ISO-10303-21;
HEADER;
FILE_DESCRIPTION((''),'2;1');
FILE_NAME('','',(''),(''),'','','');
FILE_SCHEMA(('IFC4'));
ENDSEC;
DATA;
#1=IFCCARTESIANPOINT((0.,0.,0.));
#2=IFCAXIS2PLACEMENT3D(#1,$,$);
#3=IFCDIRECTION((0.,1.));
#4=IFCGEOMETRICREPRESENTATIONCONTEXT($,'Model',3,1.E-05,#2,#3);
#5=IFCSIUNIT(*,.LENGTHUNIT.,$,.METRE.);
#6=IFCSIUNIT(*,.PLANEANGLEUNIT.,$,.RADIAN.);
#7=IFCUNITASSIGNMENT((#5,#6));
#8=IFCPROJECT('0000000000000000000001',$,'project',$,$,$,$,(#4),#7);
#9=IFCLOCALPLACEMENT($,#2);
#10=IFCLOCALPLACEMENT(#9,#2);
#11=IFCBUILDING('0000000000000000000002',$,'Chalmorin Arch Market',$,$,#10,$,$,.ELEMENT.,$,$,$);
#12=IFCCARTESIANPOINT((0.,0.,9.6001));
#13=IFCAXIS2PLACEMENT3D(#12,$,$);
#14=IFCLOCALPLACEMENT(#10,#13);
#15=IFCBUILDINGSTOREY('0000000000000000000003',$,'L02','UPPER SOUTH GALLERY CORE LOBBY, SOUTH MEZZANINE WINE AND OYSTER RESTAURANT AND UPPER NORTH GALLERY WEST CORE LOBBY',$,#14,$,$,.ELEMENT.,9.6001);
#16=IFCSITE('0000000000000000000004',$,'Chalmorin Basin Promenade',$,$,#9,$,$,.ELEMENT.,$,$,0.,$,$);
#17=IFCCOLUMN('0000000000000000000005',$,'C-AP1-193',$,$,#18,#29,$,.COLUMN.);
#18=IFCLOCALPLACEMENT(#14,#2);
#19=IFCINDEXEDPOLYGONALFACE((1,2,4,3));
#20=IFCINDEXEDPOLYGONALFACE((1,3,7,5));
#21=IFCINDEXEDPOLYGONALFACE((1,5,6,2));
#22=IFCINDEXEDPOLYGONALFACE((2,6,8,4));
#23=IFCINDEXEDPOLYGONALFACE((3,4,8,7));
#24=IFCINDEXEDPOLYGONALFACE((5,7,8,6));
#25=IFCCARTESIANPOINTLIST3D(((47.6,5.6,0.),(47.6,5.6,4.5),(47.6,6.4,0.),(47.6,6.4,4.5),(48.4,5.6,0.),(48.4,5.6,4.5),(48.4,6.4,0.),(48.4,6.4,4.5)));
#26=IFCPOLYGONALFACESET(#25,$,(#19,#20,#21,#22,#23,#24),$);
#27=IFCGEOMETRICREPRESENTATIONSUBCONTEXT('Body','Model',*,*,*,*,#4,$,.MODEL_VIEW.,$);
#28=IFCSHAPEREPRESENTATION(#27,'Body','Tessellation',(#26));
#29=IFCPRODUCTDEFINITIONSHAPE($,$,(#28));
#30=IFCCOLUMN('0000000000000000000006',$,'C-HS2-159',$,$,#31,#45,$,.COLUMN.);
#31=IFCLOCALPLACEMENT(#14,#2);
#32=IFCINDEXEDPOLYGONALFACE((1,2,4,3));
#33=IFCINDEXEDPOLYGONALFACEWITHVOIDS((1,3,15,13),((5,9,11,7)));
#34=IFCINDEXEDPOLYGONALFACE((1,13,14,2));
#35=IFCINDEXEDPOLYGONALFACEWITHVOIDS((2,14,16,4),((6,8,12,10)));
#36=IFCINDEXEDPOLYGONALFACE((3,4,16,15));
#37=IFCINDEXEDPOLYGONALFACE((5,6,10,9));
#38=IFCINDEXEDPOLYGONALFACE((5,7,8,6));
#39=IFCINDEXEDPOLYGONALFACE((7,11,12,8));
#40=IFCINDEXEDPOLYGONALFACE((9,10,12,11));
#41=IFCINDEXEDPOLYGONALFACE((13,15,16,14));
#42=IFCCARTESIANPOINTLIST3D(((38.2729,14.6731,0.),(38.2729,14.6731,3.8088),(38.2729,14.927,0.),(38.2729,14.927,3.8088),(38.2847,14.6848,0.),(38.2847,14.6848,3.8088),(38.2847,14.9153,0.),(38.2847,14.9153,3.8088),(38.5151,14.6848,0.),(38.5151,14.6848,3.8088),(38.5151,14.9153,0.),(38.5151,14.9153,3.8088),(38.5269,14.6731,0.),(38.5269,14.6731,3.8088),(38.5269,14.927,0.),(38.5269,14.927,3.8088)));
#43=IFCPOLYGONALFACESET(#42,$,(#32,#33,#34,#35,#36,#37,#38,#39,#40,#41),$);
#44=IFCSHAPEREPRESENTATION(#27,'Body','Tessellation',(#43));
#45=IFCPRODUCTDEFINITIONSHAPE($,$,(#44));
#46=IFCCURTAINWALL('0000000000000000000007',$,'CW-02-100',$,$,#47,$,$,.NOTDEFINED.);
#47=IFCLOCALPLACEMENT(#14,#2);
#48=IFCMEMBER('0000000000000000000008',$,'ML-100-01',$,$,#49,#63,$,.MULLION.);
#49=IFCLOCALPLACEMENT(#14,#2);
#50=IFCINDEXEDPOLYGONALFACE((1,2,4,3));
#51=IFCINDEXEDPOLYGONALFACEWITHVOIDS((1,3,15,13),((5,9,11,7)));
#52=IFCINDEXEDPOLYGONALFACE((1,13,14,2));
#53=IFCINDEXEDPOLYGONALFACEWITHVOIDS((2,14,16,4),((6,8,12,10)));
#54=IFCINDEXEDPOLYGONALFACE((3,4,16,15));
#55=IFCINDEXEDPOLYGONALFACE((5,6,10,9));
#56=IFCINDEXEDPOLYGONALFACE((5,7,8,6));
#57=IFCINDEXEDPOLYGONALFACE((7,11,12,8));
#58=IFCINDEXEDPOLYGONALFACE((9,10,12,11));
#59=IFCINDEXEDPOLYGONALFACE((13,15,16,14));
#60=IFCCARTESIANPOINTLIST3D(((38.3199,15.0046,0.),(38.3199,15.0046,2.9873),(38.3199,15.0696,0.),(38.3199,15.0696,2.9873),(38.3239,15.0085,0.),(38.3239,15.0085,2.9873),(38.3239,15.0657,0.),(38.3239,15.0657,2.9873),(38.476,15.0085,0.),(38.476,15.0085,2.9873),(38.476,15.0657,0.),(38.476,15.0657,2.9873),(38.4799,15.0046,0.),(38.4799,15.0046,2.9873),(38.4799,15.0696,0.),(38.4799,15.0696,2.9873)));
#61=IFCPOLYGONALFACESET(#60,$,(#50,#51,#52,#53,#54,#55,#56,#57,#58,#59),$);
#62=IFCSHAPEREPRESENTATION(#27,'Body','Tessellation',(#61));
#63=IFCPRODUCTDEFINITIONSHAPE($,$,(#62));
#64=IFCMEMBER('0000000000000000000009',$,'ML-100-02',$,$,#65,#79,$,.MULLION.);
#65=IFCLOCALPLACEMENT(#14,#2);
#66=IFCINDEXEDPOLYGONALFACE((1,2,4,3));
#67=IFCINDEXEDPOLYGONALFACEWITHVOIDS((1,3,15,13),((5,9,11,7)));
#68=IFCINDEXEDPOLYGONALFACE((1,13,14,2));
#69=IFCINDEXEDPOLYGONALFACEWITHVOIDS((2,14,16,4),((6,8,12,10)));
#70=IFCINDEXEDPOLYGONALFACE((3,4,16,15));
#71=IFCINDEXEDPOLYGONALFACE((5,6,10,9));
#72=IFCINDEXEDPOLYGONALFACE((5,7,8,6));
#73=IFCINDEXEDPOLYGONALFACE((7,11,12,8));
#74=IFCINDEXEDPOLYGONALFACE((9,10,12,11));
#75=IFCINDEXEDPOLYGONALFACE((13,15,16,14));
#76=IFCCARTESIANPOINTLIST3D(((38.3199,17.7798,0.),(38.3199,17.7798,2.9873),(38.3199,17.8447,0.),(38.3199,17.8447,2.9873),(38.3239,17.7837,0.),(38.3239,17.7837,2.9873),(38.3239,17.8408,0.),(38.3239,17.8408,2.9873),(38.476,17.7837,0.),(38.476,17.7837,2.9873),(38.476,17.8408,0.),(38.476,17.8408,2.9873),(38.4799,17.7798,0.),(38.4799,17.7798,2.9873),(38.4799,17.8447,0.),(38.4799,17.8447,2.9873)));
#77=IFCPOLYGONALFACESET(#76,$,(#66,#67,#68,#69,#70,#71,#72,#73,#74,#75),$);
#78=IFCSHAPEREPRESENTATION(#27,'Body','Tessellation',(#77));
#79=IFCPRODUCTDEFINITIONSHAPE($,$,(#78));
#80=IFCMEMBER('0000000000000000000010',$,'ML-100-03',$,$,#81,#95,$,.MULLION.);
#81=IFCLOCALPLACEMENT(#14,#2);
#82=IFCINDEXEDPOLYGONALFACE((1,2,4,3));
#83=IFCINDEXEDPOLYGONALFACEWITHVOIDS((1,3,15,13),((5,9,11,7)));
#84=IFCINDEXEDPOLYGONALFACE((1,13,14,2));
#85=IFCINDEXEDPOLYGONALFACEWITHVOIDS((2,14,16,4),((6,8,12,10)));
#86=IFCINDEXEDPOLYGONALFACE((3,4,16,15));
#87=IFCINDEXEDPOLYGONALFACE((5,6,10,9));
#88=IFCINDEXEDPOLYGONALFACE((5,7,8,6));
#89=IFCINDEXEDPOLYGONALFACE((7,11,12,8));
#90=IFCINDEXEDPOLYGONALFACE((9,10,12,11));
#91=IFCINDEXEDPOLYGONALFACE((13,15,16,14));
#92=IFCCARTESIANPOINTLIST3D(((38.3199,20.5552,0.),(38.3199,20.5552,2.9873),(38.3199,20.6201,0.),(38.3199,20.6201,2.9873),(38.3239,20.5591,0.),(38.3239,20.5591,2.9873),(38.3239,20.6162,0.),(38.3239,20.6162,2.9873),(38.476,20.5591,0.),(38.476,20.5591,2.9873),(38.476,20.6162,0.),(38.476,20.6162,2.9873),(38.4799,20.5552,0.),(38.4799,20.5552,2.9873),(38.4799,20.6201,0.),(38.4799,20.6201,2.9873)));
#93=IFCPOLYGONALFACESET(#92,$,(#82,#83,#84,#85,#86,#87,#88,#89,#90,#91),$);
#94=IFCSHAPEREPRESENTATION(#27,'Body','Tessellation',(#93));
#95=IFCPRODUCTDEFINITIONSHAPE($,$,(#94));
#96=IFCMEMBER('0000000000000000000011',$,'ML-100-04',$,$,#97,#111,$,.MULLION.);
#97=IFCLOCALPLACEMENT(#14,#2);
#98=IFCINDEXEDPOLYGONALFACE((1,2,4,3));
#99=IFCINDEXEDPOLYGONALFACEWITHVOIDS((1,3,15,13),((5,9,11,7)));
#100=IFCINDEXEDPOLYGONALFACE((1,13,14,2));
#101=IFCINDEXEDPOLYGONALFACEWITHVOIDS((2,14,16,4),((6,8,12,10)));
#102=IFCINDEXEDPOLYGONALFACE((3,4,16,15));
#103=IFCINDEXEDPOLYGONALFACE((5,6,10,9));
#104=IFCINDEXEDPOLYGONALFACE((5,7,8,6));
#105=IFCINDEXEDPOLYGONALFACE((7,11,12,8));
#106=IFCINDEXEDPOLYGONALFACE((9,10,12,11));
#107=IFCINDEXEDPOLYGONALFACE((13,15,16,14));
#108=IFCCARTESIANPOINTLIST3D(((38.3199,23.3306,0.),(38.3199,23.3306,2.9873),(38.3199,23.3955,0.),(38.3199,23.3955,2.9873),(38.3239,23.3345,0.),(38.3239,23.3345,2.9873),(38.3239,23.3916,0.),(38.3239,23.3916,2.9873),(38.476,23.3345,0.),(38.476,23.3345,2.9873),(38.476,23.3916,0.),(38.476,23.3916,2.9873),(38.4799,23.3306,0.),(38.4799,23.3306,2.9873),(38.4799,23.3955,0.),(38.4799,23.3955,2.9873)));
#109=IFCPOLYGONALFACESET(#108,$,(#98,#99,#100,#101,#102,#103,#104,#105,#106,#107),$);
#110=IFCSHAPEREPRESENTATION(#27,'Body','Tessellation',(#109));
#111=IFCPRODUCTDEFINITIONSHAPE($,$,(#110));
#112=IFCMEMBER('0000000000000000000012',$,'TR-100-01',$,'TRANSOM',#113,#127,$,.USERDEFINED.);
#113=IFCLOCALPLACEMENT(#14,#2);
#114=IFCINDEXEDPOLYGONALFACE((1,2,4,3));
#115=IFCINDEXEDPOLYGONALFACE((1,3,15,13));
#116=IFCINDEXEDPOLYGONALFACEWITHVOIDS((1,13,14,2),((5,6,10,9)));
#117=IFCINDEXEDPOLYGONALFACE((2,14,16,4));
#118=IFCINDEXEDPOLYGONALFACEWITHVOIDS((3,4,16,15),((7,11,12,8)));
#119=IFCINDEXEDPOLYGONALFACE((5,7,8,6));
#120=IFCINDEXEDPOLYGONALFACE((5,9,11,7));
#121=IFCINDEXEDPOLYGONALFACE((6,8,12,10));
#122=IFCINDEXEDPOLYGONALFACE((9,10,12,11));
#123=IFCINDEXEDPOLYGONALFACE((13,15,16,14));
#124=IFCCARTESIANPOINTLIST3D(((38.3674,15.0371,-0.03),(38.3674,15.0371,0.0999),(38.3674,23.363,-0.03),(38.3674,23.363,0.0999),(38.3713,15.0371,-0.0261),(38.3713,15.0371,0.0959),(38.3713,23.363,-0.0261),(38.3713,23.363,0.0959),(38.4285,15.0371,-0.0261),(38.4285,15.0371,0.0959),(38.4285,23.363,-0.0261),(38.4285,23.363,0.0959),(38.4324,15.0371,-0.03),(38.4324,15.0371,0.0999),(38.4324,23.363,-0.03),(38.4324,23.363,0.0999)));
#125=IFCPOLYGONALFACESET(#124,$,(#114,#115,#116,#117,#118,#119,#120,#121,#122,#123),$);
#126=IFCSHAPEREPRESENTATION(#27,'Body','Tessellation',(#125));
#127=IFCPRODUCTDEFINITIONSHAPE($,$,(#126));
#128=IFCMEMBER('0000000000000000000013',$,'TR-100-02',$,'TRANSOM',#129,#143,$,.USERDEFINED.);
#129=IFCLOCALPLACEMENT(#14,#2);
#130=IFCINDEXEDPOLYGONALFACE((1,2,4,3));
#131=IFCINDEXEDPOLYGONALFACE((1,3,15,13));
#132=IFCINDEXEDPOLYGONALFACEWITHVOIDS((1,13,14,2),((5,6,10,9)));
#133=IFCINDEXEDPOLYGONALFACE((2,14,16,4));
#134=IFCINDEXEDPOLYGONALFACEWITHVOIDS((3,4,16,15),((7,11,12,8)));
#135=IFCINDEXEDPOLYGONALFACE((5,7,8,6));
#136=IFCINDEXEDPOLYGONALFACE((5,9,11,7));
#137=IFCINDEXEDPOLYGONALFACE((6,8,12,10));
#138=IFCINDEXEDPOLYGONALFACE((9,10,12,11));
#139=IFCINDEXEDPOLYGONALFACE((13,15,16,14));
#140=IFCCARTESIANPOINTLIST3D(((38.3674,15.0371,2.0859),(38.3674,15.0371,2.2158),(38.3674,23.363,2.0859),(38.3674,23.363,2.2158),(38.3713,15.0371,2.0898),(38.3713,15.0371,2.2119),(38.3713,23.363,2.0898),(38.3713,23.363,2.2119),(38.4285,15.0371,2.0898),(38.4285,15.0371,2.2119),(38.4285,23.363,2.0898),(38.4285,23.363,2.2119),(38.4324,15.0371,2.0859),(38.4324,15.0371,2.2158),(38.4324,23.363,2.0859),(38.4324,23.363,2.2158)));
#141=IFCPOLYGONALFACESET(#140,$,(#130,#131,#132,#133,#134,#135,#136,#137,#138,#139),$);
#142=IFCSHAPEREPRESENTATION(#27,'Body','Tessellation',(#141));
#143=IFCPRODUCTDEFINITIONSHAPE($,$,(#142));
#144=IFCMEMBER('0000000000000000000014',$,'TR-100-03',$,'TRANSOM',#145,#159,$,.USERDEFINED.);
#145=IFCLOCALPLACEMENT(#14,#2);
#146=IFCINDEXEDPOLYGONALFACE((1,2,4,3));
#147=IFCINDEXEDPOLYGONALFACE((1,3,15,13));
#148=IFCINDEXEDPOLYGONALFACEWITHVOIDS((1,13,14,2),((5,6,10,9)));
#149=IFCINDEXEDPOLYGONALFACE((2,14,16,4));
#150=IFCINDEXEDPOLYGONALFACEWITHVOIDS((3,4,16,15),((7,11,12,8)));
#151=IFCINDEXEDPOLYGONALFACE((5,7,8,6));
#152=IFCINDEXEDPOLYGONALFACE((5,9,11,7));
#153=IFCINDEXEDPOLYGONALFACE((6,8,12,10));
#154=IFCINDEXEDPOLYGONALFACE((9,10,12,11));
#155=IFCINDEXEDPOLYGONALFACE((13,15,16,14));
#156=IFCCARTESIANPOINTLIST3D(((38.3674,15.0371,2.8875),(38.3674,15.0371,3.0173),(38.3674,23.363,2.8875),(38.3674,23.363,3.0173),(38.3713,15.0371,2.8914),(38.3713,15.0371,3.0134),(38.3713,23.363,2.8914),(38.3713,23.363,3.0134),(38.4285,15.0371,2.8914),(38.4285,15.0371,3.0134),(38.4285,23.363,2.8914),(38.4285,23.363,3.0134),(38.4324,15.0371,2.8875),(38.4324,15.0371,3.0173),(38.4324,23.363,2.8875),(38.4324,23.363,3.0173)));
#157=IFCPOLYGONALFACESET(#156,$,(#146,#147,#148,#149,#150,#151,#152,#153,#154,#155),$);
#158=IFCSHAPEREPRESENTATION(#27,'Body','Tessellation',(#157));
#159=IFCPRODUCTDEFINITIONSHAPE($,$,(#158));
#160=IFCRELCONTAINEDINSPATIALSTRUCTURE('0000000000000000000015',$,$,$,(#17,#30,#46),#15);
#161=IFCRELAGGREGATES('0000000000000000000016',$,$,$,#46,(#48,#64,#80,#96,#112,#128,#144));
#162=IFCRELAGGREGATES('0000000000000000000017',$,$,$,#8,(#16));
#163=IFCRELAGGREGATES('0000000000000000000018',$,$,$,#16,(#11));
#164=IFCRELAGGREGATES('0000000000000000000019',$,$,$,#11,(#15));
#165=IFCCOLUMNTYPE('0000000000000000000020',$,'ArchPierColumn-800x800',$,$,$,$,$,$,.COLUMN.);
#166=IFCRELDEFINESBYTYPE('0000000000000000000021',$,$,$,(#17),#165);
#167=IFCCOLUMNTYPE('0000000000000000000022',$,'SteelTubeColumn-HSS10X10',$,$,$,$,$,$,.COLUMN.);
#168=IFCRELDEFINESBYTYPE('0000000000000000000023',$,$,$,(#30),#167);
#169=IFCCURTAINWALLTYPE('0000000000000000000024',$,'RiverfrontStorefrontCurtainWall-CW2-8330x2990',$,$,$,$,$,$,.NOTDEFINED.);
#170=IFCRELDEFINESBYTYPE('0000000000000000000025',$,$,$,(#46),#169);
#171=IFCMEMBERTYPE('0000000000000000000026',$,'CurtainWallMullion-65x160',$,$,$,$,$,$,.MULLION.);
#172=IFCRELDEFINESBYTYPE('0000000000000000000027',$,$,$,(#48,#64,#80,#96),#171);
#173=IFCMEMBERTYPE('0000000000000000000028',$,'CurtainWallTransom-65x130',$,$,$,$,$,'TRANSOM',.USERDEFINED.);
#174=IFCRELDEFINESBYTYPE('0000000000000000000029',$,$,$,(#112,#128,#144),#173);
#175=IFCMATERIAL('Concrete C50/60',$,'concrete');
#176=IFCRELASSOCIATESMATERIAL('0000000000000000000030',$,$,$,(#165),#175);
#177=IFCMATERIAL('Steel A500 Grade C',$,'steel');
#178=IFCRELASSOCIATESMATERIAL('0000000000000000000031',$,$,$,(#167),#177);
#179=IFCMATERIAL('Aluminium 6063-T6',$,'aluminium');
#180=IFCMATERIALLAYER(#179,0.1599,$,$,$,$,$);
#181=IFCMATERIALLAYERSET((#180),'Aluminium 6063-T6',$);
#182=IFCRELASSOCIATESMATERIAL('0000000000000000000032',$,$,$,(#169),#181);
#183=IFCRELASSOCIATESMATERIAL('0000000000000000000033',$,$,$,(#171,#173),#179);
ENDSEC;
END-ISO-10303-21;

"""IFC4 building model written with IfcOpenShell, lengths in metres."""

from ifc_helpers import new_model, si_unit, direction, frame, origin, origin_2d, place, context, subcontext, project, spatial, rectangle, hollow_rectangle, extrude, material, layer, layer_set, material_profile, profile_set, type_object, element, aggregate, save


model = new_model("IFC4")

# Units and contexts
model_context = context("Model", 3, precision=1e-05, world=origin(), true_north=direction((0.0, 1.0)))
body_context = subcontext(model_context, "Body", "Model", "MODEL_VIEW")
ifc_project = project(units=[si_unit("LENGTHUNIT", "METRE"), si_unit("PLANEANGLEUNIT", "RADIAN")], contexts=[model_context])

# Site, building, storey
site_placement = place(None, origin())
site = spatial("IfcSite", under=ifc_project, at=site_placement, Name="Chalmorin Basin Promenade", CompositionType="ELEMENT", RefElevation=0.0)
building_placement = place(site_placement, origin())
building = spatial("IfcBuilding", under=site, at=building_placement, Name="Chalmorin Arch Market", CompositionType="ELEMENT")
storey_placement = place(building_placement, frame((0.0, 0.0, 9.6001)))
storey = spatial("IfcBuildingStorey", under=building, at=storey_placement, Name="L02", Description="UPPER SOUTH GALLERY CORE LOBBY, SOUTH MEZZANINE WINE AND OYSTER RESTAURANT AND UPPER NORTH GALLERY WEST CORE LOBBY", CompositionType="ELEMENT", Elevation=9.6001)

# Columns
ifc_material_1 = material(Name="Concrete C50/60", Category="concrete")
ifc_material_profile_1 = material_profile(ifc_material_1, rectangle(XDim=0.8, YDim=0.8, at=origin_2d()), Name="RC800X800")
ifc_profile_set_1 = profile_set([ifc_material_profile_1], Name="Concrete C50/60")
column_type_1 = type_object("IfcColumnType", Name="ArchPierColumn-800x800", PredefinedType="COLUMN", material=ifc_profile_set_1)
column_1_placement = place(storey_placement, frame((48.0, 6.0, 0.0), z_axis=(0.0, 0.0, 1.0), x_axis=(1.0, 0.0, 0.0)))
element("IfcColumn", 1, at=column_1_placement, inside=storey, type_object=column_type_1, Name="C-AP1-193", PredefinedType="COLUMN", context=body_context, shape_type="SweptSolid", body=[
    extrude(rectangle(XDim=0.8, YDim=0.8, at=origin_2d()), origin(), (0.0, 0.0, 1.0), 4.5),
])
ifc_material_2 = material(Name="Steel A500 Grade C", Category="steel")
ifc_material_profile_2 = material_profile(ifc_material_2, hollow_rectangle(XDim=0.2539, YDim=0.2539, WallThickness=0.0117, at=origin_2d()), Name="HSS10X10X1/2")
ifc_profile_set_2 = profile_set([ifc_material_profile_2], Name="Steel A500 Grade C")
column_type_2 = type_object("IfcColumnType", Name="SteelTubeColumn-HSS10X10", PredefinedType="COLUMN", material=ifc_profile_set_2)
column_2_placement = place(storey_placement, frame((38.3999, 14.8, 0.0), z_axis=(0.0, 0.0, 1.0), x_axis=(1.0, 0.0, 0.0)))
element("IfcColumn", 2, at=column_2_placement, inside=storey, type_object=column_type_2, Name="C-HS2-159", PredefinedType="COLUMN", context=body_context, shape_type="SweptSolid", body=[
    extrude(hollow_rectangle(XDim=0.2539, YDim=0.2539, WallThickness=0.0117, at=origin_2d()), origin(), (0.0, 0.0, 1.0), 3.8088),
])

# Curtain wall, members
ifc_material_3 = material(Name="Aluminium 6063-T6", Category="aluminium")
ifc_layer_1 = layer(ifc_material_3, 0.1599)
ifc_layer_set_1 = layer_set([ifc_layer_1], Name="Aluminium 6063-T6")
curtain_wall_type = type_object("IfcCurtainWallType", Name="RiverfrontStorefrontCurtainWall-CW2-8330x2990", PredefinedType="NOTDEFINED", material=ifc_layer_set_1)
curtain_wall_placement = place(storey_placement, origin())
curtain_wall = element("IfcCurtainWall", 3, at=curtain_wall_placement, inside=storey, type_object=curtain_wall_type, Name="CW-02-100", PredefinedType="NOTDEFINED")
ifc_material_profile_3 = material_profile(ifc_material_3, hollow_rectangle(XDim=0.0649, YDim=0.1599, WallThickness=0.0039, at=origin_2d()), Name="ALU65X160X4")
ifc_profile_set_3 = profile_set([ifc_material_profile_3], Name="Aluminium 6063-T6")
member_type_1 = type_object("IfcMemberType", Name="CurtainWallMullion-65x160", PredefinedType="MULLION", material=ifc_profile_set_3)
member_1_placement = place(storey_placement, frame((38.3999, 15.0371, 0.0), z_axis=(0.0, 0.0, 1.0), x_axis=(0.0, 1.0, 0.0)))
member_1 = element("IfcMember", 4, at=member_1_placement, type_object=member_type_1, Name="ML-100-01", PredefinedType="MULLION", context=body_context, shape_type="SweptSolid", body=[
    extrude(hollow_rectangle(XDim=0.0649, YDim=0.1599, WallThickness=0.0039, at=origin_2d()), origin(), (0.0, 0.0, 1.0), 2.9873),
])
member_2_placement = place(storey_placement, frame((38.3999, 17.8123, 0.0), z_axis=(0.0, 0.0, 1.0), x_axis=(0.0, 1.0, 0.0)))
member_2 = element("IfcMember", 5, at=member_2_placement, type_object=member_type_1, Name="ML-100-02", PredefinedType="MULLION", context=body_context, shape_type="SweptSolid", body=[
    extrude(hollow_rectangle(XDim=0.0649, YDim=0.1599, WallThickness=0.0039, at=origin_2d()), origin(), (0.0, 0.0, 1.0), 2.9873),
])
member_3_placement = place(storey_placement, frame((38.3999, 20.5876, 0.0), z_axis=(0.0, 0.0, 1.0), x_axis=(0.0, 1.0, 0.0)))
member_3 = element("IfcMember", 6, at=member_3_placement, type_object=member_type_1, Name="ML-100-03", PredefinedType="MULLION", context=body_context, shape_type="SweptSolid", body=[
    extrude(hollow_rectangle(XDim=0.0649, YDim=0.1599, WallThickness=0.0039, at=origin_2d()), origin(), (0.0, 0.0, 1.0), 2.9873),
])
member_4_placement = place(storey_placement, frame((38.3999, 23.363, 0.0), z_axis=(0.0, 0.0, 1.0), x_axis=(0.0, 1.0, 0.0)))
member_4 = element("IfcMember", 7, at=member_4_placement, type_object=member_type_1, Name="ML-100-04", PredefinedType="MULLION", context=body_context, shape_type="SweptSolid", body=[
    extrude(hollow_rectangle(XDim=0.0649, YDim=0.1599, WallThickness=0.0039, at=origin_2d()), origin(), (0.0, 0.0, 1.0), 2.9873),
])
ifc_material_profile_4 = material_profile(ifc_material_3, hollow_rectangle(XDim=0.0649, YDim=0.1299, WallThickness=0.0039, at=origin_2d()), Name="ALU65X130X4")
ifc_profile_set_4 = profile_set([ifc_material_profile_4], Name="Aluminium 6063-T6")
member_type_2 = type_object("IfcMemberType", Name="CurtainWallTransom-65x130", ElementType="TRANSOM", PredefinedType="USERDEFINED", material=ifc_profile_set_4)
member_5_placement = place(storey_placement, frame((38.3999, 15.0371, 0.0349), z_axis=(0.0, 1.0, 0.0), x_axis=(-1.0, 0.0, 0.0)))
member_5 = element("IfcMember", 8, at=member_5_placement, type_object=member_type_2, Name="TR-100-01", ObjectType="TRANSOM", PredefinedType="USERDEFINED", context=body_context, shape_type="SweptSolid", body=[
    extrude(hollow_rectangle(XDim=0.0649, YDim=0.1299, WallThickness=0.0039, at=origin_2d()), origin(), (0.0, 0.0, 1.0), 8.3259),
])
member_6_placement = place(storey_placement, frame((38.3999, 15.0371, 2.1509), z_axis=(0.0, 1.0, 0.0), x_axis=(-1.0, 0.0, 0.0)))
member_6 = element("IfcMember", 9, at=member_6_placement, type_object=member_type_2, Name="TR-100-02", ObjectType="TRANSOM", PredefinedType="USERDEFINED", context=body_context, shape_type="SweptSolid", body=[
    extrude(hollow_rectangle(XDim=0.0649, YDim=0.1299, WallThickness=0.0039, at=origin_2d()), origin(), (0.0, 0.0, 1.0), 8.3259),
])
member_7_placement = place(storey_placement, frame((38.3999, 15.0371, 2.9524), z_axis=(0.0, 1.0, 0.0), x_axis=(-1.0, 0.0, 0.0)))
member_7 = element("IfcMember", 10, at=member_7_placement, type_object=member_type_2, Name="TR-100-03", ObjectType="TRANSOM", PredefinedType="USERDEFINED", context=body_context, shape_type="SweptSolid", body=[
    extrude(hollow_rectangle(XDim=0.0649, YDim=0.1299, WallThickness=0.0039, at=origin_2d()), origin(), (0.0, 0.0, 1.0), 8.3259),
])

aggregate(curtain_wall, [member_1, member_2, member_3, member_4, member_5, member_6, member_7])

save(model, "model.ifc")
